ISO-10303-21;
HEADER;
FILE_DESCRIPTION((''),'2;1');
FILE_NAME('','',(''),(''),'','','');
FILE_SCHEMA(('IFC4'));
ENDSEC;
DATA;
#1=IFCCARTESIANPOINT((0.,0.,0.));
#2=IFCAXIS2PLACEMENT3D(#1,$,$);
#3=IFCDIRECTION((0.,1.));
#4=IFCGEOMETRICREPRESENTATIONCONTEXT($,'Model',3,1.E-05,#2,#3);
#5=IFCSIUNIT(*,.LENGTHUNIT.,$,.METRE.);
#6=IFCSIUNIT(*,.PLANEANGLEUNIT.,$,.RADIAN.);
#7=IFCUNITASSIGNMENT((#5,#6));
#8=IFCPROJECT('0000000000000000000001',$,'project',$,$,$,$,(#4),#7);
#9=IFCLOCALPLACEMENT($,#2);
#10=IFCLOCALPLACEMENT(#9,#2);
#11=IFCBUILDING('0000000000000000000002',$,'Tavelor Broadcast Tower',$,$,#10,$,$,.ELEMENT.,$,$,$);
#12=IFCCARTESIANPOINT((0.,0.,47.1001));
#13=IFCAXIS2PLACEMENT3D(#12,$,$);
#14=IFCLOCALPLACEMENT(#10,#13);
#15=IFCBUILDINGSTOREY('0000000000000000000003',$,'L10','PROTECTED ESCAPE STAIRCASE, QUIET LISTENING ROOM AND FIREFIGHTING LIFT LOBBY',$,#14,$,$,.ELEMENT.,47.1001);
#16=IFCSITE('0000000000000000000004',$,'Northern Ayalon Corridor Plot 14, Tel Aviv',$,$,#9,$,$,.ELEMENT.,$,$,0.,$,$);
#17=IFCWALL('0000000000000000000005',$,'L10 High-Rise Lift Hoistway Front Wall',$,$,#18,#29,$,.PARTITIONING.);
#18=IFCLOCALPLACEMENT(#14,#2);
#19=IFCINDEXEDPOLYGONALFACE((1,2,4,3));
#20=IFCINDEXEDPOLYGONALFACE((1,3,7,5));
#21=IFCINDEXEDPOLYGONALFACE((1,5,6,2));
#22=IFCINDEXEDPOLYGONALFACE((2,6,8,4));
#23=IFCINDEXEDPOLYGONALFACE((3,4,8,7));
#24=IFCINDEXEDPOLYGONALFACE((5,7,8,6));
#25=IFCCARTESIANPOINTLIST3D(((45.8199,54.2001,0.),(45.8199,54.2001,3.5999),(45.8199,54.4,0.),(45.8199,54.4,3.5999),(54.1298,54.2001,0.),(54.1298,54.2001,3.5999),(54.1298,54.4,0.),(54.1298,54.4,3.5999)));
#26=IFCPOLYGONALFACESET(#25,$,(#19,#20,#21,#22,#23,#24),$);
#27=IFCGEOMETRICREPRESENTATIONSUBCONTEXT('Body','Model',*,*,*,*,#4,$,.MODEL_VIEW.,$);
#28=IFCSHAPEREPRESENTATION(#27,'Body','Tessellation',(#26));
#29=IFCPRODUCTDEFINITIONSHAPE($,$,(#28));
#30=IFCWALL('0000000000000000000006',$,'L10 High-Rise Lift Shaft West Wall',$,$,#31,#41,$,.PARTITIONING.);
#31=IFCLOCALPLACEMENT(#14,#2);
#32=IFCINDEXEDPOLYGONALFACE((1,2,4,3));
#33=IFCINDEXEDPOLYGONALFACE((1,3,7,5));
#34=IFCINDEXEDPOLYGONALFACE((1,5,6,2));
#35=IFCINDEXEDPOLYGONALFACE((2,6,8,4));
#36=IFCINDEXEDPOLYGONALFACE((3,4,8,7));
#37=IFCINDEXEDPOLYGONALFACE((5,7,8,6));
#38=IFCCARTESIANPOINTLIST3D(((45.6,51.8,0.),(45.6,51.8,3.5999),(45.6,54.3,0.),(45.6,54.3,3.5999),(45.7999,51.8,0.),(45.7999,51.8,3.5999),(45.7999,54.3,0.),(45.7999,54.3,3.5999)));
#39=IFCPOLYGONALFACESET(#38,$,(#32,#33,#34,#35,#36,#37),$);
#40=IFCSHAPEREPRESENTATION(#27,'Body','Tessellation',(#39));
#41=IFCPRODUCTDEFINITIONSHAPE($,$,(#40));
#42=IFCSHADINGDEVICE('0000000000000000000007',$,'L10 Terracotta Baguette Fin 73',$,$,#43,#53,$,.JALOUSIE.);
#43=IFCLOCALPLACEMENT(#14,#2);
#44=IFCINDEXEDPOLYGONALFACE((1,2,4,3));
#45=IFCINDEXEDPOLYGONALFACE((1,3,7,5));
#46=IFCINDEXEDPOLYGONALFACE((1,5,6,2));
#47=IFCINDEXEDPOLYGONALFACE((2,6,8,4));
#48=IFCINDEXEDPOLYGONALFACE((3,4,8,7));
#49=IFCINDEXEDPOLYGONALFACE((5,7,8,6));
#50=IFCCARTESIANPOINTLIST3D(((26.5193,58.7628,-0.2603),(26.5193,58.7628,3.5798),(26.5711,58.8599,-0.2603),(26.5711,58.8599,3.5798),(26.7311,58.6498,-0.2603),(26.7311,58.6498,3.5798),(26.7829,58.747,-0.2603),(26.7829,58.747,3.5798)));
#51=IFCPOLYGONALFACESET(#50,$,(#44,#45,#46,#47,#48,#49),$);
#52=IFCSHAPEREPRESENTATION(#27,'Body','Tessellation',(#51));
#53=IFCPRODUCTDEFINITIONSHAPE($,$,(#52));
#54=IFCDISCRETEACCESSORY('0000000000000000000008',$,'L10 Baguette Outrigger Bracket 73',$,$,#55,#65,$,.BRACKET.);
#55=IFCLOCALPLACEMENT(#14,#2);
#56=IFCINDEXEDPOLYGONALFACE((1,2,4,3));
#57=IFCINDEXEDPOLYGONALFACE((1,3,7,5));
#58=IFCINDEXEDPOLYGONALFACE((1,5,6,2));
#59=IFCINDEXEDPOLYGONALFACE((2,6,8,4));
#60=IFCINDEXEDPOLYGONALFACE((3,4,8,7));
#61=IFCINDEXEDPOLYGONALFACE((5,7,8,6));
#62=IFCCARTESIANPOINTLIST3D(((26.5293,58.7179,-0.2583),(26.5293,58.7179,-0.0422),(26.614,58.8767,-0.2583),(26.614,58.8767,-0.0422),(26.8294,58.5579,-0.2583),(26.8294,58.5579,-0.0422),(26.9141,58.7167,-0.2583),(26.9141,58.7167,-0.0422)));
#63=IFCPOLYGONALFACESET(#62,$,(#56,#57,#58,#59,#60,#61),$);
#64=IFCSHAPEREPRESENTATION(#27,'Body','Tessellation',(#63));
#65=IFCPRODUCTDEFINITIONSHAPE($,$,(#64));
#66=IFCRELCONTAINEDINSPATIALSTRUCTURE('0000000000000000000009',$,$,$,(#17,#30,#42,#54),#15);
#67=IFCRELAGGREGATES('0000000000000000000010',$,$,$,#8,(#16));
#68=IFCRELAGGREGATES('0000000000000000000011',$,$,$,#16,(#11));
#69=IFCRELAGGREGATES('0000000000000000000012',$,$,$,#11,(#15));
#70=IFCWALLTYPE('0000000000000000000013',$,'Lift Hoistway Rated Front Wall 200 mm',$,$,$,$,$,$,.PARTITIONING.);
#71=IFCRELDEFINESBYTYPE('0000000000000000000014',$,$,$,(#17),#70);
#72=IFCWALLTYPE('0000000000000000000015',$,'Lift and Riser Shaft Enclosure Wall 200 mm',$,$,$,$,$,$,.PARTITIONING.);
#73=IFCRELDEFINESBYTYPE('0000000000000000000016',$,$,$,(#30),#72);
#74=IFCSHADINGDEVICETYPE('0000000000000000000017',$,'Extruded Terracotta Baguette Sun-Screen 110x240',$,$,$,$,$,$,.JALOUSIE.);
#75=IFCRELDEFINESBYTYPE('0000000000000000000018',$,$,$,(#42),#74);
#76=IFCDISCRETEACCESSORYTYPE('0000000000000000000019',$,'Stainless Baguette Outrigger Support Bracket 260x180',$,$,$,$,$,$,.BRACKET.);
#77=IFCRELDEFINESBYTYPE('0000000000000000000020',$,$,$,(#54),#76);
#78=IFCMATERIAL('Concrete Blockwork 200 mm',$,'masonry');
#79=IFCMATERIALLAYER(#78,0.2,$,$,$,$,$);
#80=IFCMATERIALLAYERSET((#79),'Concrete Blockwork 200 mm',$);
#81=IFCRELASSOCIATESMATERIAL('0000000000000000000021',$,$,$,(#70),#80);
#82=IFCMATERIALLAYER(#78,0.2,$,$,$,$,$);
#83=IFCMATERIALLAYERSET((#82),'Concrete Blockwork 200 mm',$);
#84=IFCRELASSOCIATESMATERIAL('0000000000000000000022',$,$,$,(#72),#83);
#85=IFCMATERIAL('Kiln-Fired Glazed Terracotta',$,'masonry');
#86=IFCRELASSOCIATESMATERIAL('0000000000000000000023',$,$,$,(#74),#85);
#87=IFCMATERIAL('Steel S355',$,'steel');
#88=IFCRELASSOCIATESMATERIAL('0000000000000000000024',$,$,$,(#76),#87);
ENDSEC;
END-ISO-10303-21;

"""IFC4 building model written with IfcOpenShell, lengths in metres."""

from ifc_helpers import new_model, si_unit, direction, frame, frame_2d, origin, origin_2d, place, context, subcontext, project, spatial, rectangle, extrude, source, transform, mapped, material, layer, layer_set, type_object, type_shapes, element, save


model = new_model("IFC4")

# Units and contexts
model_context = context("Model", 3, precision=1e-05, world=origin(), true_north=direction((0.0, 1.0)))
body_context = subcontext(model_context, "Body", "Model", "MODEL_VIEW")
ifc_project = project(units=[si_unit("LENGTHUNIT", "METRE"), si_unit("PLANEANGLEUNIT", "RADIAN")], contexts=[model_context])

# Site, building, storey
site_placement = place(None, origin())
site = spatial("IfcSite", under=ifc_project, at=site_placement, Name="Northern Ayalon Corridor Plot 14, Tel Aviv", CompositionType="ELEMENT", RefElevation=0.0)
building_placement = place(site_placement, origin())
building = spatial("IfcBuilding", under=site, at=building_placement, Name="Tavelor Broadcast Tower", CompositionType="ELEMENT")
storey_placement = place(building_placement, frame((0.0, 0.0, 47.1001)))
storey = spatial("IfcBuildingStorey", under=building, at=storey_placement, Name="L10", Description="PROTECTED ESCAPE STAIRCASE, QUIET LISTENING ROOM AND FIREFIGHTING LIFT LOBBY", CompositionType="ELEMENT", Elevation=47.1001)

# Shared definitions
ifc_material_1 = material(Name="Steel S355", Category="steel")

# Walls
ifc_material_2 = material(Name="Concrete Blockwork 200 mm", Category="masonry")
ifc_layer_1 = layer(ifc_material_2, 0.2)
ifc_layer_set_1 = layer_set([ifc_layer_1], Name="Concrete Blockwork 200 mm")
wall_type_1 = type_object("IfcWallType", Name="Lift Hoistway Rated Front Wall 200 mm", PredefinedType="PARTITIONING", material=ifc_layer_set_1)
wall_1_placement = place(storey_placement, frame((45.8201, 54.3, 0.0), z_axis=(0.0, 0.0, 1.0), x_axis=(1.0, 0.0, 0.0)))
element("IfcWall", 1, at=wall_1_placement, inside=storey, type_object=wall_type_1, Name="L10 High-Rise Lift Hoistway Front Wall", PredefinedType="PARTITIONING", context=body_context, shape_type="SweptSolid", body=[
    extrude(rectangle(XDim=8.3098, YDim=0.2, at=frame_2d((4.1548, 0.0))), origin(), (0.0, 0.0, 1.0), 3.5999),
])
ifc_layer_2 = layer(ifc_material_2, 0.2)
ifc_layer_set_2 = layer_set([ifc_layer_2], Name="Concrete Blockwork 200 mm")
wall_type_2 = type_object("IfcWallType", Name="Lift and Riser Shaft Enclosure Wall 200 mm", PredefinedType="PARTITIONING", material=ifc_layer_set_2)
wall_2_placement = place(storey_placement, frame((45.7, 51.8, 0.0), z_axis=(0.0, 0.0, 1.0), x_axis=(0.0, 1.0, 0.0)))
element("IfcWall", 2, at=wall_2_placement, inside=storey, type_object=wall_type_2, Name="L10 High-Rise Lift Shaft West Wall", PredefinedType="PARTITIONING", context=body_context, shape_type="SweptSolid", body=[
    extrude(rectangle(XDim=2.5, YDim=0.2, at=frame_2d((1.25, 0.0))), origin(), (0.0, 0.0, 1.0), 3.5999),
])

# Shading device
ifc_material_3 = material(Name="Kiln-Fired Glazed Terracotta", Category="masonry")
shading_device_type = type_object("IfcShadingDeviceType", Name="Extruded Terracotta Baguette Sun-Screen 110x240", PredefinedType="JALOUSIE", material=ifc_material_3)
shared_shape_1 = source(origin(), body_context, "Body", "SweptSolid", [
    extrude(rectangle(XDim=0.1101, YDim=0.24, at=origin_2d()), origin(), (0.0, 0.0, 1.0), 3.8401),
])
type_shapes(shading_device_type, [shared_shape_1])
shading_device_placement = place(storey_placement, frame((26.6511, 58.7549, -0.2603), z_axis=(0.0, 0.0, 1.0), x_axis=(-0.47055, -0.882373, 0.0)))
element("IfcShadingDevice", 3, at=shading_device_placement, inside=storey, type_object=shading_device_type, Name="L10 Terracotta Baguette Fin 73", PredefinedType="JALOUSIE", context=body_context, shape_type="MappedRepresentation", body=[
    mapped(shared_shape_1, transform((0.0, 0.0, 0.0), scale=1.0)),
])

# Discrete accessory
discrete_accessory_type = type_object("IfcDiscreteAccessoryType", Name="Stainless Baguette Outrigger Support Bracket 260x180", PredefinedType="BRACKET", material=ifc_material_1)
shared_shape_2 = source(origin(), body_context, "Body", "SweptSolid", [
    extrude(rectangle(XDim=0.1799, YDim=0.3401, at=origin_2d()), origin(), (0.0, 0.0, 1.0), 0.2161),
])
type_shapes(discrete_accessory_type, [shared_shape_2])
discrete_accessory_placement = place(storey_placement, frame((26.7217, 58.7173, -0.2583), z_axis=(0.0, 0.0, 1.0), x_axis=(-0.47055, -0.882373, 0.0)))
element("IfcDiscreteAccessory", 4, at=discrete_accessory_placement, inside=storey, type_object=discrete_accessory_type, Name="L10 Baguette Outrigger Bracket 73", PredefinedType="BRACKET", context=body_context, shape_type="MappedRepresentation", body=[
    mapped(shared_shape_2, transform((0.0, 0.0, 0.0), scale=1.0)),
])

save(model, "model.ifc")
